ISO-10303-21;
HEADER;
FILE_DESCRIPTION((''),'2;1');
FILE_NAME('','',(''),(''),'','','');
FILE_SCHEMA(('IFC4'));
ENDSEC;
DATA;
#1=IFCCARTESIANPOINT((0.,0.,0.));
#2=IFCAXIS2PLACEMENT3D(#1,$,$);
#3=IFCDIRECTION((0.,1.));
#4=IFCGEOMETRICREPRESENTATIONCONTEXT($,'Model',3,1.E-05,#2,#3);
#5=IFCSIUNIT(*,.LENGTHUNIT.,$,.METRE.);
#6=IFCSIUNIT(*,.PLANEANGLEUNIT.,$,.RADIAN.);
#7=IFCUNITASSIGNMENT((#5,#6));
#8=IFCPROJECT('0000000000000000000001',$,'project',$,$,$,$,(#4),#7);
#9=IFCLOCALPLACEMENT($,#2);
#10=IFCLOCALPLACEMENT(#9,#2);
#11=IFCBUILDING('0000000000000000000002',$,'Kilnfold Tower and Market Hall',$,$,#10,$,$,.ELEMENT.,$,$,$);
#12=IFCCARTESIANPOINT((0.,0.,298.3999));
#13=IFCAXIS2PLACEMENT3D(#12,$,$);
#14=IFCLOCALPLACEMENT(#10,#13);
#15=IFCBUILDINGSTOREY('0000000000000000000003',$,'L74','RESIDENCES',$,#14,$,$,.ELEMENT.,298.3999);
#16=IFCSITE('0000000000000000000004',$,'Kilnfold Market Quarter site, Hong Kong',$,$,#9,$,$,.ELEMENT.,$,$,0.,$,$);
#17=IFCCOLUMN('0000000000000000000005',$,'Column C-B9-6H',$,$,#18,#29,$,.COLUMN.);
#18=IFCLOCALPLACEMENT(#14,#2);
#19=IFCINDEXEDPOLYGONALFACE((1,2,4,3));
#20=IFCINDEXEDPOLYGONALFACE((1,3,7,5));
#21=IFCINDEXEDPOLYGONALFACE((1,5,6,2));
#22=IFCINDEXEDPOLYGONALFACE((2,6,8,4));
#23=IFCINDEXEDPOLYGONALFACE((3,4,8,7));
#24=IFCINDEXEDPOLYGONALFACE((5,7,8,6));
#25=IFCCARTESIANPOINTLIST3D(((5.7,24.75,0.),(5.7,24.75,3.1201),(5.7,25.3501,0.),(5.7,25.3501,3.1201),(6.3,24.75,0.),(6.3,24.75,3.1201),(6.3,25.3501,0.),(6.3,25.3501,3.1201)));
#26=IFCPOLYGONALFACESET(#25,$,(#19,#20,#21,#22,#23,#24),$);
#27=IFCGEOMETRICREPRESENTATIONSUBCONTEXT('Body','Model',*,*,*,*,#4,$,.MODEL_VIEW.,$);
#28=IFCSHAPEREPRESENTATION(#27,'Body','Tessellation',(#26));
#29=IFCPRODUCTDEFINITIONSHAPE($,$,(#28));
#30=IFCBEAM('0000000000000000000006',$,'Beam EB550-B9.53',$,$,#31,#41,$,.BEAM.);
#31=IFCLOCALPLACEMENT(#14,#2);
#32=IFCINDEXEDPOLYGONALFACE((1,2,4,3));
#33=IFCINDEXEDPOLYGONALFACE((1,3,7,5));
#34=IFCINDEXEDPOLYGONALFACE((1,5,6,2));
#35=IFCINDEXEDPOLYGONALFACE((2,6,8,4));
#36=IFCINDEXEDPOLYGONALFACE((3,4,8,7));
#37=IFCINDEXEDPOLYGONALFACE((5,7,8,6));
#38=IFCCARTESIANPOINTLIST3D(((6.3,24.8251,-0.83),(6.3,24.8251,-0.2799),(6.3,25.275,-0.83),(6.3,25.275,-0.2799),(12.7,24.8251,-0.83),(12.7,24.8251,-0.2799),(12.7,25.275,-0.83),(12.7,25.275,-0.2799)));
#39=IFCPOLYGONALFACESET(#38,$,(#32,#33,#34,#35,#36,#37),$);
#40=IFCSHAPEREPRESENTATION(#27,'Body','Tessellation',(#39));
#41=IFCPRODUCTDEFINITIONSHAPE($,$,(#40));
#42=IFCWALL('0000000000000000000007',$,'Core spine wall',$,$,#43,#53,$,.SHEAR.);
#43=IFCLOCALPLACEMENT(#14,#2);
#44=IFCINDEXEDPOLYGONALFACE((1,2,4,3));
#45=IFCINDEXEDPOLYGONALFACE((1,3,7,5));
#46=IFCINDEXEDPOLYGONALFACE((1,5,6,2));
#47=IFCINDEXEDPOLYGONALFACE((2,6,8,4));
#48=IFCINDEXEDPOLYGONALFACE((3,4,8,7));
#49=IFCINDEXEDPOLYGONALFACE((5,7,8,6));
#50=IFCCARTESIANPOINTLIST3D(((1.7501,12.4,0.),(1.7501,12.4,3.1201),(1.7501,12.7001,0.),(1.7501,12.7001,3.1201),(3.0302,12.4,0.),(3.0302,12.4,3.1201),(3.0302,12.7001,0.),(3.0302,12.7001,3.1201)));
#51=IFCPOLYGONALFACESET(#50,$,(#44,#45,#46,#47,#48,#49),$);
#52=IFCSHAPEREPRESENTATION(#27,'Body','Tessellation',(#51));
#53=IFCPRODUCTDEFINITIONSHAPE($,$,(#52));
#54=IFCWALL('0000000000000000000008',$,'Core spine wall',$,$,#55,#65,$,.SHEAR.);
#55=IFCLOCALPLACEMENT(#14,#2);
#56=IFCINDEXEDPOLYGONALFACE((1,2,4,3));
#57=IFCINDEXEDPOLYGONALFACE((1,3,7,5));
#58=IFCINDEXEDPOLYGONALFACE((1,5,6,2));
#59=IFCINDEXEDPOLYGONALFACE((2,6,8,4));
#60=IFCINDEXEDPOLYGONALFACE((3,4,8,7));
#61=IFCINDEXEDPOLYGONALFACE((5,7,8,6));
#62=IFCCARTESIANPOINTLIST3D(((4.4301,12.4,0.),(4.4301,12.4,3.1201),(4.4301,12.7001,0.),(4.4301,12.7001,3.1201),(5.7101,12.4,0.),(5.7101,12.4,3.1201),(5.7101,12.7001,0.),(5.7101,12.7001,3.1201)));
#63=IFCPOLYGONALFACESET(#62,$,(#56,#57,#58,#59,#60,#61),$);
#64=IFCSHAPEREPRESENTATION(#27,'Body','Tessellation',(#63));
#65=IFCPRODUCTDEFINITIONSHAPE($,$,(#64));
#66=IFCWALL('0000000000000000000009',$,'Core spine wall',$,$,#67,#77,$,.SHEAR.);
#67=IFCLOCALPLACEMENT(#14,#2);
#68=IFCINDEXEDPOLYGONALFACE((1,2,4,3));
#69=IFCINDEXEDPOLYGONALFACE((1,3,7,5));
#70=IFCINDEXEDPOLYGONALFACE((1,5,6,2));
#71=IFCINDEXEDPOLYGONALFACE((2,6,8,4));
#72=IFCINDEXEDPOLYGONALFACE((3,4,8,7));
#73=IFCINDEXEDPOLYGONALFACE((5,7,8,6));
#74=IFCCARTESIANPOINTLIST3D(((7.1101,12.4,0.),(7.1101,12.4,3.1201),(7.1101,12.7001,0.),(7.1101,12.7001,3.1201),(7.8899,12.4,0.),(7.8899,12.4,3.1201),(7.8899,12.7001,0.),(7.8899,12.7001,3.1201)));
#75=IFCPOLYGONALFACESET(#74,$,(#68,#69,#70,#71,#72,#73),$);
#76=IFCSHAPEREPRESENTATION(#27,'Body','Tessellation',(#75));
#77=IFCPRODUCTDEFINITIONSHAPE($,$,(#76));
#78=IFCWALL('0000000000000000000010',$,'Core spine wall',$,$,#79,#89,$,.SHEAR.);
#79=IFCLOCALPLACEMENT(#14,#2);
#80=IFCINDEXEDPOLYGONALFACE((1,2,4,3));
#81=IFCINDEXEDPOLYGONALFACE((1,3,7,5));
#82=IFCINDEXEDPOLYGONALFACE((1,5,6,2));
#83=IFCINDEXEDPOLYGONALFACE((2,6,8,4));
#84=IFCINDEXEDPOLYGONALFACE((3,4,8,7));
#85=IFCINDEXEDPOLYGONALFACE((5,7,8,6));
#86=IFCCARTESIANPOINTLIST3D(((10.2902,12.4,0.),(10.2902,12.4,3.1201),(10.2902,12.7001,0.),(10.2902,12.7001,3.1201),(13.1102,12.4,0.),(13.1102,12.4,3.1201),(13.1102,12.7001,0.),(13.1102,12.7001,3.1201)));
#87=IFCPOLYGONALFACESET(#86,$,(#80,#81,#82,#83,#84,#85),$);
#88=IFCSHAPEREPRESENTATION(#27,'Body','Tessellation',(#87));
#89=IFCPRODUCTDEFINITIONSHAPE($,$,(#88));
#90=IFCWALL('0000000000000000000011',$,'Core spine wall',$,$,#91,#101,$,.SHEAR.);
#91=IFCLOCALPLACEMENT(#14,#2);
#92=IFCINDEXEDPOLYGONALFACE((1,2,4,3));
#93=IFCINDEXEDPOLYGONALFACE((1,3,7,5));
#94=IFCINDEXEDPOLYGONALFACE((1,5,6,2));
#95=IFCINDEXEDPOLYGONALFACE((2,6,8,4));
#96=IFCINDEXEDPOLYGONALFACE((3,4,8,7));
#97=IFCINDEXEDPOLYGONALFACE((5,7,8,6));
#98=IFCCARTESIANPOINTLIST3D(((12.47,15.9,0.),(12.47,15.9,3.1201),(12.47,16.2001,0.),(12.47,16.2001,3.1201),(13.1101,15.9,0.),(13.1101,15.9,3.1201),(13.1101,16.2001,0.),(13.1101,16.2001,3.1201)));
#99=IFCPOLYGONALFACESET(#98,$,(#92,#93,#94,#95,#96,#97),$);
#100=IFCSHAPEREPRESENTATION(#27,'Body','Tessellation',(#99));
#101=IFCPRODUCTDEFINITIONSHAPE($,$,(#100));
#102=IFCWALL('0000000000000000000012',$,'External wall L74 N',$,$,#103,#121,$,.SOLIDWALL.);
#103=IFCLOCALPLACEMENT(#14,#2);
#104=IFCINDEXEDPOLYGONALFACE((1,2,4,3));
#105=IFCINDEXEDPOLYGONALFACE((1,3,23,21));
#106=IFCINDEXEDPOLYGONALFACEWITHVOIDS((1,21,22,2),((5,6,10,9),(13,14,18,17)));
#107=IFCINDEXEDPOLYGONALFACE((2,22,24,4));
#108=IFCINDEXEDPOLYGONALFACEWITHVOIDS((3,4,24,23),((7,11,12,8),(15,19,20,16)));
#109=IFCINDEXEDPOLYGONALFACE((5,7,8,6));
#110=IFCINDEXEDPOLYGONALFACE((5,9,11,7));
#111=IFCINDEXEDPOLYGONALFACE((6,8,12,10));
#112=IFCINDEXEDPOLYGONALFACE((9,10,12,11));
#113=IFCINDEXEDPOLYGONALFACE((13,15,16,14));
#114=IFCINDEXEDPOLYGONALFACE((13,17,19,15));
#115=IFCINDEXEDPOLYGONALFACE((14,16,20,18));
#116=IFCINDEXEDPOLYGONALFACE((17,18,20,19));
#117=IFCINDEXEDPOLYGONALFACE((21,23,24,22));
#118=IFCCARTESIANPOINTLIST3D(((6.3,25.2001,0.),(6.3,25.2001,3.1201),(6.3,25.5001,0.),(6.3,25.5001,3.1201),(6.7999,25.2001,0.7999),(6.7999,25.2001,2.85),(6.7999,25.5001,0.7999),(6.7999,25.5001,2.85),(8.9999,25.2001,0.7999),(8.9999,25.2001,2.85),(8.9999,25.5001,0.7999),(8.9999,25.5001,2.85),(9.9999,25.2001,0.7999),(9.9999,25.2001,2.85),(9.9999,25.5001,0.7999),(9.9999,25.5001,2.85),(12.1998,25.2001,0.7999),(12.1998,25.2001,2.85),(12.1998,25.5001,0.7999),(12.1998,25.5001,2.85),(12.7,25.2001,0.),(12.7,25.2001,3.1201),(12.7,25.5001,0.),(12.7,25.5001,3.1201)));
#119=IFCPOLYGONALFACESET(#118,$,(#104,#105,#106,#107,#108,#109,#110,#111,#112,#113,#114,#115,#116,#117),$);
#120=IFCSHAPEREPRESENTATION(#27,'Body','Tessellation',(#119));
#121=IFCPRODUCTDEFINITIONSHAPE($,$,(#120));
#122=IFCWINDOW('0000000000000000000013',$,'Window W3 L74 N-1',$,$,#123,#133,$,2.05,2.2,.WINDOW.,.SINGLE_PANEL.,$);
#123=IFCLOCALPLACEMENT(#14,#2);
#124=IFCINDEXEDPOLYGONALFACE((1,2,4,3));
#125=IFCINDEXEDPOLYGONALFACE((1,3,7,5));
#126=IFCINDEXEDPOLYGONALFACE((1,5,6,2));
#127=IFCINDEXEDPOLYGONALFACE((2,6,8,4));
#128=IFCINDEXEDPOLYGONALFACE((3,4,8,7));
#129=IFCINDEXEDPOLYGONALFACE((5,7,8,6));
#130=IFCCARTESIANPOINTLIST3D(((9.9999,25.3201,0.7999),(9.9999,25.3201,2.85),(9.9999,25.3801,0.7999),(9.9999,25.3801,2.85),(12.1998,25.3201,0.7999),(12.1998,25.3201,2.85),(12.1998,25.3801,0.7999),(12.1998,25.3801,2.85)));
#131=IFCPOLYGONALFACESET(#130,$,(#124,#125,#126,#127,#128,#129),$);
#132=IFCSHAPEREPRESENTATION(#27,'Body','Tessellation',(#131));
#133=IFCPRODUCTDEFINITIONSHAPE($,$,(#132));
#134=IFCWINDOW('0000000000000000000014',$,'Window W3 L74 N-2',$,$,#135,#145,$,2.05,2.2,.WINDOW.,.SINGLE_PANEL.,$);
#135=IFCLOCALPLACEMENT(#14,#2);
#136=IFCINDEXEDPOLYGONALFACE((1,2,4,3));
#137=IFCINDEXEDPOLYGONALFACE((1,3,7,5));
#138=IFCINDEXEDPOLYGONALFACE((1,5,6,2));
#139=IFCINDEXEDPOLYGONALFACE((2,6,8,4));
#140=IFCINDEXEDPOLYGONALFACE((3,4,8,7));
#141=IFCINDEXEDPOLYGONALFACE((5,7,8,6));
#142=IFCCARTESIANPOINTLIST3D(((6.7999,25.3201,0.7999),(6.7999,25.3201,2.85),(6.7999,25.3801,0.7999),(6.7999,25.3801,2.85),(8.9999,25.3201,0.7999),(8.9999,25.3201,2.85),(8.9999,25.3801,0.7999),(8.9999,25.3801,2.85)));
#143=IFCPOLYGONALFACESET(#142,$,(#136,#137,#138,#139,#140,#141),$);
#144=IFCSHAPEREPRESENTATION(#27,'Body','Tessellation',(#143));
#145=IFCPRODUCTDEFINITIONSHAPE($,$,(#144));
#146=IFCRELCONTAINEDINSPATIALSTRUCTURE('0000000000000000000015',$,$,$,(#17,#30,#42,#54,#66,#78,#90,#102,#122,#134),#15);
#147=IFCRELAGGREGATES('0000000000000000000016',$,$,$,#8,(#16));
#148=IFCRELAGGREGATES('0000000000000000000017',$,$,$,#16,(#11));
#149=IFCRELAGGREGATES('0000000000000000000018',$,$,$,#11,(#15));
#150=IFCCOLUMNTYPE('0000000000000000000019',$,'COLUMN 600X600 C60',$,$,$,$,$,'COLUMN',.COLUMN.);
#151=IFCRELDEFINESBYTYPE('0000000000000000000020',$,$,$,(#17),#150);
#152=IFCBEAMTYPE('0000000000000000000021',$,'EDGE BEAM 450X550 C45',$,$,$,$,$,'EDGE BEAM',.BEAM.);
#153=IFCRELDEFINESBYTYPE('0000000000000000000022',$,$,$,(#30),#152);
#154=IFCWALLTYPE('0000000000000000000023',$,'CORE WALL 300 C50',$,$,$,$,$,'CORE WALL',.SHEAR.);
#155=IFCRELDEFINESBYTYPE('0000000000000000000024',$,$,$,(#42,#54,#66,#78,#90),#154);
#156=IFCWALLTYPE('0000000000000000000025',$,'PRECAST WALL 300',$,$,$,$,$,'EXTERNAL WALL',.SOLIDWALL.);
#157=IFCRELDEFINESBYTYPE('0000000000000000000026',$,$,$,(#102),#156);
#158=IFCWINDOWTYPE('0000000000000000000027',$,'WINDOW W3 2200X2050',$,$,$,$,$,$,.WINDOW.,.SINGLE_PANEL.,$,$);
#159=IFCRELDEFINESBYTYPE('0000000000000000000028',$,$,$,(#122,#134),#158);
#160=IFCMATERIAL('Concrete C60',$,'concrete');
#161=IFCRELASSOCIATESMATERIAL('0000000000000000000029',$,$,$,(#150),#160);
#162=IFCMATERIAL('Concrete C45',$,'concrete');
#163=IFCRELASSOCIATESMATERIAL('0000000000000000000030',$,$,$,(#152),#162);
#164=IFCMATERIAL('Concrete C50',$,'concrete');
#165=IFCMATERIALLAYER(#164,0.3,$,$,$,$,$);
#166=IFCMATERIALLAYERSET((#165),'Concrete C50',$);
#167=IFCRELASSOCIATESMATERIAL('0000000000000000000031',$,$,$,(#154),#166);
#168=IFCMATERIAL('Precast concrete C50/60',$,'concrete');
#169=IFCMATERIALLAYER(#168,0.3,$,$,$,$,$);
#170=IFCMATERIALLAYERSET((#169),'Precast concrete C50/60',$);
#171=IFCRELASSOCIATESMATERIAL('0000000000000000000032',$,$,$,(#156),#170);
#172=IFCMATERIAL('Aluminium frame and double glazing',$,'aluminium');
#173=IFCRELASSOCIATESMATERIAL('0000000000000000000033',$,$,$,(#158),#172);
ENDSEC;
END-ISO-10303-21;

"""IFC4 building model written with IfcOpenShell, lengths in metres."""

from ifc_helpers import new_model, si_unit, direction, frame, frame_2d, origin, origin_2d, place, context, subcontext, project, spatial, rectangle, extrude, source, transform, mapped, material, layer, layer_set, material_profile, profile_set, type_object, element, fill, save


model = new_model("IFC4")

# Units and contexts
model_context = context("Model", 3, precision=1e-05, world=origin(), true_north=direction((0.0, 1.0)))
body_context = subcontext(model_context, "Body", "Model", "MODEL_VIEW")
ifc_project = project(units=[si_unit("LENGTHUNIT", "METRE"), si_unit("PLANEANGLEUNIT", "RADIAN")], contexts=[model_context])

# Site, building, storey
site_placement = place(None, origin())
site = spatial("IfcSite", under=ifc_project, at=site_placement, Name="Kilnfold Market Quarter site, Hong Kong", CompositionType="ELEMENT", RefElevation=0.0)
building_placement = place(site_placement, origin())
building = spatial("IfcBuilding", under=site, at=building_placement, Name="Kilnfold Tower and Market Hall", CompositionType="ELEMENT")
storey_placement = place(building_placement, frame((0.0, 0.0, 298.3999)))
storey = spatial("IfcBuildingStorey", under=building, at=storey_placement, Name="L74", Description="RESIDENCES", CompositionType="ELEMENT", Elevation=298.3999)

# Column
ifc_material_1 = material(Name="Concrete C60", Category="concrete")
ifc_material_profile_1 = material_profile(ifc_material_1, rectangle(XDim=0.6001, YDim=0.6001, at=origin_2d()), Name="RC 600x600")
ifc_profile_set_1 = profile_set([ifc_material_profile_1], Name="Concrete C60")
column_type = type_object("IfcColumnType", Name="COLUMN 600X600 C60", ElementType="COLUMN", PredefinedType="COLUMN", material=ifc_profile_set_1)
shared_shape_1 = source(origin(), body_context, "Body", "SweptSolid", [
    extrude(rectangle(XDim=0.6001, YDim=0.6001, at=origin_2d()), origin(), (0.0, 0.0, 1.0), 3.1201),
])
column_placement = place(storey_placement, frame((6.0, 25.05, 0.0), z_axis=(0.0, 0.0, 1.0), x_axis=(1.0, 0.0, 0.0)))
element("IfcColumn", 1, at=column_placement, inside=storey, type_object=column_type, Name="Column C-B9-6H", PredefinedType="COLUMN", context=body_context, shape_type="MappedRepresentation", body=[
    mapped(shared_shape_1, transform((0.0, 0.0, 0.0))),
])

# Beam
ifc_material_2 = material(Name="Concrete C45", Category="concrete")
ifc_material_profile_2 = material_profile(ifc_material_2, rectangle(XDim=0.45, YDim=0.55, at=origin_2d()), Name="RC 450x550")
ifc_profile_set_2 = profile_set([ifc_material_profile_2], Name="Concrete C45")
beam_type = type_object("IfcBeamType", Name="EDGE BEAM 450X550 C45", ElementType="EDGE BEAM", PredefinedType="BEAM", material=ifc_profile_set_2)
shared_shape_2 = source(origin(), body_context, "Body", "SweptSolid", [
    extrude(rectangle(XDim=0.45, YDim=0.55, at=origin_2d()), origin(), (0.0, 0.0, 1.0), 6.3999),
])
beam_placement = place(storey_placement, frame((6.3, 25.05, -0.5549), z_axis=(1.0, 0.0, 0.0), x_axis=(0.0, 1.0, 0.0)))
element("IfcBeam", 2, at=beam_placement, inside=storey, type_object=beam_type, Name="Beam EB550-B9.53", PredefinedType="BEAM", context=body_context, shape_type="MappedRepresentation", body=[
    mapped(shared_shape_2, transform((0.0, 0.0, 0.0))),
])

# Walls
ifc_material_3 = material(Name="Concrete C50", Category="concrete")
ifc_layer_1 = layer(ifc_material_3, 0.3)
ifc_layer_set_1 = layer_set([ifc_layer_1], Name="Concrete C50")
wall_type_1 = type_object("IfcWallType", Name="CORE WALL 300 C50", ElementType="CORE WALL", PredefinedType="SHEAR", material=ifc_layer_set_1)
shared_shape_3 = source(origin(), body_context, "Body", "SweptSolid", [
    extrude(rectangle(XDim=1.28, YDim=0.3, at=frame_2d((0.6401, 0.0))), origin(), (0.0, 0.0, 1.0), 3.1201),
])
for number, where, z_axis, x_axis, name in (
    (3, (1.75, 12.55, 0.0), (0.0, 0.0, 1.0), (1.0, 0.0, 0.0), "Core spine wall"),
    (4, (4.4299, 12.55, 0.0), (0.0, 0.0, 1.0), (1.0, 0.0, 0.0), "Core spine wall"),
):
    element("IfcWall", number, at=place(storey_placement, frame(where, z_axis=z_axis, x_axis=x_axis)), inside=storey, type_object=wall_type_1, Name=name, PredefinedType="SHEAR", context=body_context, shape_type="MappedRepresentation", body=[
        mapped(shared_shape_3, transform((0.0, 0.0, 0.0))),
    ])
shared_shape_4 = source(origin(), body_context, "Body", "SweptSolid", [
    extrude(rectangle(XDim=0.7798, YDim=0.3, at=frame_2d((0.3899, 0.0))), origin(), (0.0, 0.0, 1.0), 3.1201),
])
wall_1_placement = place(storey_placement, frame((7.1101, 12.55, 0.0), z_axis=(0.0, 0.0, 1.0), x_axis=(1.0, 0.0, 0.0)))
element("IfcWall", 5, at=wall_1_placement, inside=storey, type_object=wall_type_1, Name="Core spine wall", PredefinedType="SHEAR", context=body_context, shape_type="MappedRepresentation", body=[
    mapped(shared_shape_4, transform((0.0, 0.0, 0.0))),
])
shared_shape_5 = source(origin(), body_context, "Body", "SweptSolid", [
    extrude(rectangle(XDim=2.8201, YDim=0.3, at=frame_2d((1.4102, 0.0))), origin(), (0.0, 0.0, 1.0), 3.1201),
])
wall_2_placement = place(storey_placement, frame((10.29, 12.55, 0.0), z_axis=(0.0, 0.0, 1.0), x_axis=(1.0, 0.0, 0.0)))
element("IfcWall", 6, at=wall_2_placement, inside=storey, type_object=wall_type_1, Name="Core spine wall", PredefinedType="SHEAR", context=body_context, shape_type="MappedRepresentation", body=[
    mapped(shared_shape_5, transform((0.0, 0.0, 0.0))),
])
shared_shape_6 = source(origin(), body_context, "Body", "SweptSolid", [
    extrude(rectangle(XDim=0.6401, YDim=0.3, at=frame_2d((0.3201, 0.0))), origin(), (0.0, 0.0, 1.0), 3.1201),
])
wall_3_placement = place(storey_placement, frame((12.47, 16.05, 0.0), z_axis=(0.0, 0.0, 1.0), x_axis=(1.0, 0.0, 0.0)))
element("IfcWall", 7, at=wall_3_placement, inside=storey, type_object=wall_type_1, Name="Core spine wall", PredefinedType="SHEAR", context=body_context, shape_type="MappedRepresentation", body=[
    mapped(shared_shape_6, transform((0.0, 0.0, 0.0))),
])

# Wall, openings, windows
ifc_material_4 = material(Name="Precast concrete C50/60", Category="concrete")
ifc_layer_2 = layer(ifc_material_4, 0.3)
ifc_layer_set_2 = layer_set([ifc_layer_2], Name="Precast concrete C50/60")
wall_type_2 = type_object("IfcWallType", Name="PRECAST WALL 300", ElementType="EXTERNAL WALL", PredefinedType="SOLIDWALL", material=ifc_layer_set_2)
shared_shape_7 = source(origin(), body_context, "Body", "SweptSolid", [
    extrude(rectangle(XDim=6.3999, YDim=0.3, at=frame_2d((3.2, 0.0))), origin(), (0.0, 0.0, 1.0), 3.1201),
])
wall_4_placement = place(storey_placement, frame((12.7, 25.3501, 0.0), z_axis=(0.0, 0.0, 1.0), x_axis=(-1.0, 0.0, 0.0)))
wall_4 = element("IfcWall", 8, at=wall_4_placement, inside=storey, type_object=wall_type_2, Name="External wall L74 N", PredefinedType="SOLIDWALL", context=body_context, shape_type="MappedRepresentation", body=[
    mapped(shared_shape_7, transform((0.0, 0.0, 0.0))),
])
opening_1_placement = place(wall_4_placement, frame((0.5, 0.0, 0.8)))
opening_1 = element("IfcOpeningElement", 9, at=opening_1_placement, cuts=wall_4, PredefinedType="OPENING", context=body_context, shape_type="SweptSolid", body=[
    extrude(rectangle(XDim=2.2, YDim=2.05, at=frame_2d((1.1001, 1.0249))), frame((0.0, 0.1602, 0.0), z_axis=(0.0, -1.0, 0.0), x_axis=(1.0, 0.0, 0.0)), (0.0, 0.0, 1.0), 0.3201),
])
opening_2_placement = place(wall_4_placement, frame((3.7, 0.0, 0.8)))
opening_2 = element("IfcOpeningElement", 10, at=opening_2_placement, cuts=wall_4, PredefinedType="OPENING", context=body_context, shape_type="SweptSolid", body=[
    extrude(rectangle(XDim=2.2, YDim=2.05, at=frame_2d((1.1001, 1.0249))), frame((0.0, 0.1602, 0.0), z_axis=(0.0, -1.0, 0.0), x_axis=(1.0, 0.0, 0.0)), (0.0, 0.0, 1.0), 0.3201),
])
ifc_material_5 = material(Name="Aluminium frame and double glazing", Category="aluminium")
window_type = type_object("IfcWindowType", Name="WINDOW W3 2200X2050", PartitioningType="SINGLE_PANEL", PredefinedType="WINDOW", material=ifc_material_5)
window_1_placement = place(opening_1_placement, origin())
window_1 = element("IfcWindow", 11, at=window_1_placement, inside=storey, type_object=window_type, Name="Window W3 L74 N-1", OverallHeight=2.05, OverallWidth=2.2, PartitioningType="SINGLE_PANEL", PredefinedType="WINDOW", context=body_context, shape_type="SweptSolid", body=[
    extrude(rectangle(XDim=2.2, YDim=2.05, at=frame_2d((1.1001, 1.0249))), frame((0.0, 0.03, 0.0), z_axis=(0.0, -1.0, 0.0), x_axis=(1.0, 0.0, 0.0)), (0.0, 0.0, 1.0), 0.0601),
])
fill(opening_1, window_1)
window_2_placement = place(opening_2_placement, origin())
window_2 = element("IfcWindow", 12, at=window_2_placement, inside=storey, type_object=window_type, Name="Window W3 L74 N-2", OverallHeight=2.05, OverallWidth=2.2, PartitioningType="SINGLE_PANEL", PredefinedType="WINDOW", context=body_context, shape_type="SweptSolid", body=[
    extrude(rectangle(XDim=2.2, YDim=2.05, at=frame_2d((1.1001, 1.0249))), frame((0.0, 0.03, 0.0), z_axis=(0.0, -1.0, 0.0), x_axis=(1.0, 0.0, 0.0)), (0.0, 0.0, 1.0), 0.0601),
])
fill(opening_2, window_2)

save(model, "model.ifc")
